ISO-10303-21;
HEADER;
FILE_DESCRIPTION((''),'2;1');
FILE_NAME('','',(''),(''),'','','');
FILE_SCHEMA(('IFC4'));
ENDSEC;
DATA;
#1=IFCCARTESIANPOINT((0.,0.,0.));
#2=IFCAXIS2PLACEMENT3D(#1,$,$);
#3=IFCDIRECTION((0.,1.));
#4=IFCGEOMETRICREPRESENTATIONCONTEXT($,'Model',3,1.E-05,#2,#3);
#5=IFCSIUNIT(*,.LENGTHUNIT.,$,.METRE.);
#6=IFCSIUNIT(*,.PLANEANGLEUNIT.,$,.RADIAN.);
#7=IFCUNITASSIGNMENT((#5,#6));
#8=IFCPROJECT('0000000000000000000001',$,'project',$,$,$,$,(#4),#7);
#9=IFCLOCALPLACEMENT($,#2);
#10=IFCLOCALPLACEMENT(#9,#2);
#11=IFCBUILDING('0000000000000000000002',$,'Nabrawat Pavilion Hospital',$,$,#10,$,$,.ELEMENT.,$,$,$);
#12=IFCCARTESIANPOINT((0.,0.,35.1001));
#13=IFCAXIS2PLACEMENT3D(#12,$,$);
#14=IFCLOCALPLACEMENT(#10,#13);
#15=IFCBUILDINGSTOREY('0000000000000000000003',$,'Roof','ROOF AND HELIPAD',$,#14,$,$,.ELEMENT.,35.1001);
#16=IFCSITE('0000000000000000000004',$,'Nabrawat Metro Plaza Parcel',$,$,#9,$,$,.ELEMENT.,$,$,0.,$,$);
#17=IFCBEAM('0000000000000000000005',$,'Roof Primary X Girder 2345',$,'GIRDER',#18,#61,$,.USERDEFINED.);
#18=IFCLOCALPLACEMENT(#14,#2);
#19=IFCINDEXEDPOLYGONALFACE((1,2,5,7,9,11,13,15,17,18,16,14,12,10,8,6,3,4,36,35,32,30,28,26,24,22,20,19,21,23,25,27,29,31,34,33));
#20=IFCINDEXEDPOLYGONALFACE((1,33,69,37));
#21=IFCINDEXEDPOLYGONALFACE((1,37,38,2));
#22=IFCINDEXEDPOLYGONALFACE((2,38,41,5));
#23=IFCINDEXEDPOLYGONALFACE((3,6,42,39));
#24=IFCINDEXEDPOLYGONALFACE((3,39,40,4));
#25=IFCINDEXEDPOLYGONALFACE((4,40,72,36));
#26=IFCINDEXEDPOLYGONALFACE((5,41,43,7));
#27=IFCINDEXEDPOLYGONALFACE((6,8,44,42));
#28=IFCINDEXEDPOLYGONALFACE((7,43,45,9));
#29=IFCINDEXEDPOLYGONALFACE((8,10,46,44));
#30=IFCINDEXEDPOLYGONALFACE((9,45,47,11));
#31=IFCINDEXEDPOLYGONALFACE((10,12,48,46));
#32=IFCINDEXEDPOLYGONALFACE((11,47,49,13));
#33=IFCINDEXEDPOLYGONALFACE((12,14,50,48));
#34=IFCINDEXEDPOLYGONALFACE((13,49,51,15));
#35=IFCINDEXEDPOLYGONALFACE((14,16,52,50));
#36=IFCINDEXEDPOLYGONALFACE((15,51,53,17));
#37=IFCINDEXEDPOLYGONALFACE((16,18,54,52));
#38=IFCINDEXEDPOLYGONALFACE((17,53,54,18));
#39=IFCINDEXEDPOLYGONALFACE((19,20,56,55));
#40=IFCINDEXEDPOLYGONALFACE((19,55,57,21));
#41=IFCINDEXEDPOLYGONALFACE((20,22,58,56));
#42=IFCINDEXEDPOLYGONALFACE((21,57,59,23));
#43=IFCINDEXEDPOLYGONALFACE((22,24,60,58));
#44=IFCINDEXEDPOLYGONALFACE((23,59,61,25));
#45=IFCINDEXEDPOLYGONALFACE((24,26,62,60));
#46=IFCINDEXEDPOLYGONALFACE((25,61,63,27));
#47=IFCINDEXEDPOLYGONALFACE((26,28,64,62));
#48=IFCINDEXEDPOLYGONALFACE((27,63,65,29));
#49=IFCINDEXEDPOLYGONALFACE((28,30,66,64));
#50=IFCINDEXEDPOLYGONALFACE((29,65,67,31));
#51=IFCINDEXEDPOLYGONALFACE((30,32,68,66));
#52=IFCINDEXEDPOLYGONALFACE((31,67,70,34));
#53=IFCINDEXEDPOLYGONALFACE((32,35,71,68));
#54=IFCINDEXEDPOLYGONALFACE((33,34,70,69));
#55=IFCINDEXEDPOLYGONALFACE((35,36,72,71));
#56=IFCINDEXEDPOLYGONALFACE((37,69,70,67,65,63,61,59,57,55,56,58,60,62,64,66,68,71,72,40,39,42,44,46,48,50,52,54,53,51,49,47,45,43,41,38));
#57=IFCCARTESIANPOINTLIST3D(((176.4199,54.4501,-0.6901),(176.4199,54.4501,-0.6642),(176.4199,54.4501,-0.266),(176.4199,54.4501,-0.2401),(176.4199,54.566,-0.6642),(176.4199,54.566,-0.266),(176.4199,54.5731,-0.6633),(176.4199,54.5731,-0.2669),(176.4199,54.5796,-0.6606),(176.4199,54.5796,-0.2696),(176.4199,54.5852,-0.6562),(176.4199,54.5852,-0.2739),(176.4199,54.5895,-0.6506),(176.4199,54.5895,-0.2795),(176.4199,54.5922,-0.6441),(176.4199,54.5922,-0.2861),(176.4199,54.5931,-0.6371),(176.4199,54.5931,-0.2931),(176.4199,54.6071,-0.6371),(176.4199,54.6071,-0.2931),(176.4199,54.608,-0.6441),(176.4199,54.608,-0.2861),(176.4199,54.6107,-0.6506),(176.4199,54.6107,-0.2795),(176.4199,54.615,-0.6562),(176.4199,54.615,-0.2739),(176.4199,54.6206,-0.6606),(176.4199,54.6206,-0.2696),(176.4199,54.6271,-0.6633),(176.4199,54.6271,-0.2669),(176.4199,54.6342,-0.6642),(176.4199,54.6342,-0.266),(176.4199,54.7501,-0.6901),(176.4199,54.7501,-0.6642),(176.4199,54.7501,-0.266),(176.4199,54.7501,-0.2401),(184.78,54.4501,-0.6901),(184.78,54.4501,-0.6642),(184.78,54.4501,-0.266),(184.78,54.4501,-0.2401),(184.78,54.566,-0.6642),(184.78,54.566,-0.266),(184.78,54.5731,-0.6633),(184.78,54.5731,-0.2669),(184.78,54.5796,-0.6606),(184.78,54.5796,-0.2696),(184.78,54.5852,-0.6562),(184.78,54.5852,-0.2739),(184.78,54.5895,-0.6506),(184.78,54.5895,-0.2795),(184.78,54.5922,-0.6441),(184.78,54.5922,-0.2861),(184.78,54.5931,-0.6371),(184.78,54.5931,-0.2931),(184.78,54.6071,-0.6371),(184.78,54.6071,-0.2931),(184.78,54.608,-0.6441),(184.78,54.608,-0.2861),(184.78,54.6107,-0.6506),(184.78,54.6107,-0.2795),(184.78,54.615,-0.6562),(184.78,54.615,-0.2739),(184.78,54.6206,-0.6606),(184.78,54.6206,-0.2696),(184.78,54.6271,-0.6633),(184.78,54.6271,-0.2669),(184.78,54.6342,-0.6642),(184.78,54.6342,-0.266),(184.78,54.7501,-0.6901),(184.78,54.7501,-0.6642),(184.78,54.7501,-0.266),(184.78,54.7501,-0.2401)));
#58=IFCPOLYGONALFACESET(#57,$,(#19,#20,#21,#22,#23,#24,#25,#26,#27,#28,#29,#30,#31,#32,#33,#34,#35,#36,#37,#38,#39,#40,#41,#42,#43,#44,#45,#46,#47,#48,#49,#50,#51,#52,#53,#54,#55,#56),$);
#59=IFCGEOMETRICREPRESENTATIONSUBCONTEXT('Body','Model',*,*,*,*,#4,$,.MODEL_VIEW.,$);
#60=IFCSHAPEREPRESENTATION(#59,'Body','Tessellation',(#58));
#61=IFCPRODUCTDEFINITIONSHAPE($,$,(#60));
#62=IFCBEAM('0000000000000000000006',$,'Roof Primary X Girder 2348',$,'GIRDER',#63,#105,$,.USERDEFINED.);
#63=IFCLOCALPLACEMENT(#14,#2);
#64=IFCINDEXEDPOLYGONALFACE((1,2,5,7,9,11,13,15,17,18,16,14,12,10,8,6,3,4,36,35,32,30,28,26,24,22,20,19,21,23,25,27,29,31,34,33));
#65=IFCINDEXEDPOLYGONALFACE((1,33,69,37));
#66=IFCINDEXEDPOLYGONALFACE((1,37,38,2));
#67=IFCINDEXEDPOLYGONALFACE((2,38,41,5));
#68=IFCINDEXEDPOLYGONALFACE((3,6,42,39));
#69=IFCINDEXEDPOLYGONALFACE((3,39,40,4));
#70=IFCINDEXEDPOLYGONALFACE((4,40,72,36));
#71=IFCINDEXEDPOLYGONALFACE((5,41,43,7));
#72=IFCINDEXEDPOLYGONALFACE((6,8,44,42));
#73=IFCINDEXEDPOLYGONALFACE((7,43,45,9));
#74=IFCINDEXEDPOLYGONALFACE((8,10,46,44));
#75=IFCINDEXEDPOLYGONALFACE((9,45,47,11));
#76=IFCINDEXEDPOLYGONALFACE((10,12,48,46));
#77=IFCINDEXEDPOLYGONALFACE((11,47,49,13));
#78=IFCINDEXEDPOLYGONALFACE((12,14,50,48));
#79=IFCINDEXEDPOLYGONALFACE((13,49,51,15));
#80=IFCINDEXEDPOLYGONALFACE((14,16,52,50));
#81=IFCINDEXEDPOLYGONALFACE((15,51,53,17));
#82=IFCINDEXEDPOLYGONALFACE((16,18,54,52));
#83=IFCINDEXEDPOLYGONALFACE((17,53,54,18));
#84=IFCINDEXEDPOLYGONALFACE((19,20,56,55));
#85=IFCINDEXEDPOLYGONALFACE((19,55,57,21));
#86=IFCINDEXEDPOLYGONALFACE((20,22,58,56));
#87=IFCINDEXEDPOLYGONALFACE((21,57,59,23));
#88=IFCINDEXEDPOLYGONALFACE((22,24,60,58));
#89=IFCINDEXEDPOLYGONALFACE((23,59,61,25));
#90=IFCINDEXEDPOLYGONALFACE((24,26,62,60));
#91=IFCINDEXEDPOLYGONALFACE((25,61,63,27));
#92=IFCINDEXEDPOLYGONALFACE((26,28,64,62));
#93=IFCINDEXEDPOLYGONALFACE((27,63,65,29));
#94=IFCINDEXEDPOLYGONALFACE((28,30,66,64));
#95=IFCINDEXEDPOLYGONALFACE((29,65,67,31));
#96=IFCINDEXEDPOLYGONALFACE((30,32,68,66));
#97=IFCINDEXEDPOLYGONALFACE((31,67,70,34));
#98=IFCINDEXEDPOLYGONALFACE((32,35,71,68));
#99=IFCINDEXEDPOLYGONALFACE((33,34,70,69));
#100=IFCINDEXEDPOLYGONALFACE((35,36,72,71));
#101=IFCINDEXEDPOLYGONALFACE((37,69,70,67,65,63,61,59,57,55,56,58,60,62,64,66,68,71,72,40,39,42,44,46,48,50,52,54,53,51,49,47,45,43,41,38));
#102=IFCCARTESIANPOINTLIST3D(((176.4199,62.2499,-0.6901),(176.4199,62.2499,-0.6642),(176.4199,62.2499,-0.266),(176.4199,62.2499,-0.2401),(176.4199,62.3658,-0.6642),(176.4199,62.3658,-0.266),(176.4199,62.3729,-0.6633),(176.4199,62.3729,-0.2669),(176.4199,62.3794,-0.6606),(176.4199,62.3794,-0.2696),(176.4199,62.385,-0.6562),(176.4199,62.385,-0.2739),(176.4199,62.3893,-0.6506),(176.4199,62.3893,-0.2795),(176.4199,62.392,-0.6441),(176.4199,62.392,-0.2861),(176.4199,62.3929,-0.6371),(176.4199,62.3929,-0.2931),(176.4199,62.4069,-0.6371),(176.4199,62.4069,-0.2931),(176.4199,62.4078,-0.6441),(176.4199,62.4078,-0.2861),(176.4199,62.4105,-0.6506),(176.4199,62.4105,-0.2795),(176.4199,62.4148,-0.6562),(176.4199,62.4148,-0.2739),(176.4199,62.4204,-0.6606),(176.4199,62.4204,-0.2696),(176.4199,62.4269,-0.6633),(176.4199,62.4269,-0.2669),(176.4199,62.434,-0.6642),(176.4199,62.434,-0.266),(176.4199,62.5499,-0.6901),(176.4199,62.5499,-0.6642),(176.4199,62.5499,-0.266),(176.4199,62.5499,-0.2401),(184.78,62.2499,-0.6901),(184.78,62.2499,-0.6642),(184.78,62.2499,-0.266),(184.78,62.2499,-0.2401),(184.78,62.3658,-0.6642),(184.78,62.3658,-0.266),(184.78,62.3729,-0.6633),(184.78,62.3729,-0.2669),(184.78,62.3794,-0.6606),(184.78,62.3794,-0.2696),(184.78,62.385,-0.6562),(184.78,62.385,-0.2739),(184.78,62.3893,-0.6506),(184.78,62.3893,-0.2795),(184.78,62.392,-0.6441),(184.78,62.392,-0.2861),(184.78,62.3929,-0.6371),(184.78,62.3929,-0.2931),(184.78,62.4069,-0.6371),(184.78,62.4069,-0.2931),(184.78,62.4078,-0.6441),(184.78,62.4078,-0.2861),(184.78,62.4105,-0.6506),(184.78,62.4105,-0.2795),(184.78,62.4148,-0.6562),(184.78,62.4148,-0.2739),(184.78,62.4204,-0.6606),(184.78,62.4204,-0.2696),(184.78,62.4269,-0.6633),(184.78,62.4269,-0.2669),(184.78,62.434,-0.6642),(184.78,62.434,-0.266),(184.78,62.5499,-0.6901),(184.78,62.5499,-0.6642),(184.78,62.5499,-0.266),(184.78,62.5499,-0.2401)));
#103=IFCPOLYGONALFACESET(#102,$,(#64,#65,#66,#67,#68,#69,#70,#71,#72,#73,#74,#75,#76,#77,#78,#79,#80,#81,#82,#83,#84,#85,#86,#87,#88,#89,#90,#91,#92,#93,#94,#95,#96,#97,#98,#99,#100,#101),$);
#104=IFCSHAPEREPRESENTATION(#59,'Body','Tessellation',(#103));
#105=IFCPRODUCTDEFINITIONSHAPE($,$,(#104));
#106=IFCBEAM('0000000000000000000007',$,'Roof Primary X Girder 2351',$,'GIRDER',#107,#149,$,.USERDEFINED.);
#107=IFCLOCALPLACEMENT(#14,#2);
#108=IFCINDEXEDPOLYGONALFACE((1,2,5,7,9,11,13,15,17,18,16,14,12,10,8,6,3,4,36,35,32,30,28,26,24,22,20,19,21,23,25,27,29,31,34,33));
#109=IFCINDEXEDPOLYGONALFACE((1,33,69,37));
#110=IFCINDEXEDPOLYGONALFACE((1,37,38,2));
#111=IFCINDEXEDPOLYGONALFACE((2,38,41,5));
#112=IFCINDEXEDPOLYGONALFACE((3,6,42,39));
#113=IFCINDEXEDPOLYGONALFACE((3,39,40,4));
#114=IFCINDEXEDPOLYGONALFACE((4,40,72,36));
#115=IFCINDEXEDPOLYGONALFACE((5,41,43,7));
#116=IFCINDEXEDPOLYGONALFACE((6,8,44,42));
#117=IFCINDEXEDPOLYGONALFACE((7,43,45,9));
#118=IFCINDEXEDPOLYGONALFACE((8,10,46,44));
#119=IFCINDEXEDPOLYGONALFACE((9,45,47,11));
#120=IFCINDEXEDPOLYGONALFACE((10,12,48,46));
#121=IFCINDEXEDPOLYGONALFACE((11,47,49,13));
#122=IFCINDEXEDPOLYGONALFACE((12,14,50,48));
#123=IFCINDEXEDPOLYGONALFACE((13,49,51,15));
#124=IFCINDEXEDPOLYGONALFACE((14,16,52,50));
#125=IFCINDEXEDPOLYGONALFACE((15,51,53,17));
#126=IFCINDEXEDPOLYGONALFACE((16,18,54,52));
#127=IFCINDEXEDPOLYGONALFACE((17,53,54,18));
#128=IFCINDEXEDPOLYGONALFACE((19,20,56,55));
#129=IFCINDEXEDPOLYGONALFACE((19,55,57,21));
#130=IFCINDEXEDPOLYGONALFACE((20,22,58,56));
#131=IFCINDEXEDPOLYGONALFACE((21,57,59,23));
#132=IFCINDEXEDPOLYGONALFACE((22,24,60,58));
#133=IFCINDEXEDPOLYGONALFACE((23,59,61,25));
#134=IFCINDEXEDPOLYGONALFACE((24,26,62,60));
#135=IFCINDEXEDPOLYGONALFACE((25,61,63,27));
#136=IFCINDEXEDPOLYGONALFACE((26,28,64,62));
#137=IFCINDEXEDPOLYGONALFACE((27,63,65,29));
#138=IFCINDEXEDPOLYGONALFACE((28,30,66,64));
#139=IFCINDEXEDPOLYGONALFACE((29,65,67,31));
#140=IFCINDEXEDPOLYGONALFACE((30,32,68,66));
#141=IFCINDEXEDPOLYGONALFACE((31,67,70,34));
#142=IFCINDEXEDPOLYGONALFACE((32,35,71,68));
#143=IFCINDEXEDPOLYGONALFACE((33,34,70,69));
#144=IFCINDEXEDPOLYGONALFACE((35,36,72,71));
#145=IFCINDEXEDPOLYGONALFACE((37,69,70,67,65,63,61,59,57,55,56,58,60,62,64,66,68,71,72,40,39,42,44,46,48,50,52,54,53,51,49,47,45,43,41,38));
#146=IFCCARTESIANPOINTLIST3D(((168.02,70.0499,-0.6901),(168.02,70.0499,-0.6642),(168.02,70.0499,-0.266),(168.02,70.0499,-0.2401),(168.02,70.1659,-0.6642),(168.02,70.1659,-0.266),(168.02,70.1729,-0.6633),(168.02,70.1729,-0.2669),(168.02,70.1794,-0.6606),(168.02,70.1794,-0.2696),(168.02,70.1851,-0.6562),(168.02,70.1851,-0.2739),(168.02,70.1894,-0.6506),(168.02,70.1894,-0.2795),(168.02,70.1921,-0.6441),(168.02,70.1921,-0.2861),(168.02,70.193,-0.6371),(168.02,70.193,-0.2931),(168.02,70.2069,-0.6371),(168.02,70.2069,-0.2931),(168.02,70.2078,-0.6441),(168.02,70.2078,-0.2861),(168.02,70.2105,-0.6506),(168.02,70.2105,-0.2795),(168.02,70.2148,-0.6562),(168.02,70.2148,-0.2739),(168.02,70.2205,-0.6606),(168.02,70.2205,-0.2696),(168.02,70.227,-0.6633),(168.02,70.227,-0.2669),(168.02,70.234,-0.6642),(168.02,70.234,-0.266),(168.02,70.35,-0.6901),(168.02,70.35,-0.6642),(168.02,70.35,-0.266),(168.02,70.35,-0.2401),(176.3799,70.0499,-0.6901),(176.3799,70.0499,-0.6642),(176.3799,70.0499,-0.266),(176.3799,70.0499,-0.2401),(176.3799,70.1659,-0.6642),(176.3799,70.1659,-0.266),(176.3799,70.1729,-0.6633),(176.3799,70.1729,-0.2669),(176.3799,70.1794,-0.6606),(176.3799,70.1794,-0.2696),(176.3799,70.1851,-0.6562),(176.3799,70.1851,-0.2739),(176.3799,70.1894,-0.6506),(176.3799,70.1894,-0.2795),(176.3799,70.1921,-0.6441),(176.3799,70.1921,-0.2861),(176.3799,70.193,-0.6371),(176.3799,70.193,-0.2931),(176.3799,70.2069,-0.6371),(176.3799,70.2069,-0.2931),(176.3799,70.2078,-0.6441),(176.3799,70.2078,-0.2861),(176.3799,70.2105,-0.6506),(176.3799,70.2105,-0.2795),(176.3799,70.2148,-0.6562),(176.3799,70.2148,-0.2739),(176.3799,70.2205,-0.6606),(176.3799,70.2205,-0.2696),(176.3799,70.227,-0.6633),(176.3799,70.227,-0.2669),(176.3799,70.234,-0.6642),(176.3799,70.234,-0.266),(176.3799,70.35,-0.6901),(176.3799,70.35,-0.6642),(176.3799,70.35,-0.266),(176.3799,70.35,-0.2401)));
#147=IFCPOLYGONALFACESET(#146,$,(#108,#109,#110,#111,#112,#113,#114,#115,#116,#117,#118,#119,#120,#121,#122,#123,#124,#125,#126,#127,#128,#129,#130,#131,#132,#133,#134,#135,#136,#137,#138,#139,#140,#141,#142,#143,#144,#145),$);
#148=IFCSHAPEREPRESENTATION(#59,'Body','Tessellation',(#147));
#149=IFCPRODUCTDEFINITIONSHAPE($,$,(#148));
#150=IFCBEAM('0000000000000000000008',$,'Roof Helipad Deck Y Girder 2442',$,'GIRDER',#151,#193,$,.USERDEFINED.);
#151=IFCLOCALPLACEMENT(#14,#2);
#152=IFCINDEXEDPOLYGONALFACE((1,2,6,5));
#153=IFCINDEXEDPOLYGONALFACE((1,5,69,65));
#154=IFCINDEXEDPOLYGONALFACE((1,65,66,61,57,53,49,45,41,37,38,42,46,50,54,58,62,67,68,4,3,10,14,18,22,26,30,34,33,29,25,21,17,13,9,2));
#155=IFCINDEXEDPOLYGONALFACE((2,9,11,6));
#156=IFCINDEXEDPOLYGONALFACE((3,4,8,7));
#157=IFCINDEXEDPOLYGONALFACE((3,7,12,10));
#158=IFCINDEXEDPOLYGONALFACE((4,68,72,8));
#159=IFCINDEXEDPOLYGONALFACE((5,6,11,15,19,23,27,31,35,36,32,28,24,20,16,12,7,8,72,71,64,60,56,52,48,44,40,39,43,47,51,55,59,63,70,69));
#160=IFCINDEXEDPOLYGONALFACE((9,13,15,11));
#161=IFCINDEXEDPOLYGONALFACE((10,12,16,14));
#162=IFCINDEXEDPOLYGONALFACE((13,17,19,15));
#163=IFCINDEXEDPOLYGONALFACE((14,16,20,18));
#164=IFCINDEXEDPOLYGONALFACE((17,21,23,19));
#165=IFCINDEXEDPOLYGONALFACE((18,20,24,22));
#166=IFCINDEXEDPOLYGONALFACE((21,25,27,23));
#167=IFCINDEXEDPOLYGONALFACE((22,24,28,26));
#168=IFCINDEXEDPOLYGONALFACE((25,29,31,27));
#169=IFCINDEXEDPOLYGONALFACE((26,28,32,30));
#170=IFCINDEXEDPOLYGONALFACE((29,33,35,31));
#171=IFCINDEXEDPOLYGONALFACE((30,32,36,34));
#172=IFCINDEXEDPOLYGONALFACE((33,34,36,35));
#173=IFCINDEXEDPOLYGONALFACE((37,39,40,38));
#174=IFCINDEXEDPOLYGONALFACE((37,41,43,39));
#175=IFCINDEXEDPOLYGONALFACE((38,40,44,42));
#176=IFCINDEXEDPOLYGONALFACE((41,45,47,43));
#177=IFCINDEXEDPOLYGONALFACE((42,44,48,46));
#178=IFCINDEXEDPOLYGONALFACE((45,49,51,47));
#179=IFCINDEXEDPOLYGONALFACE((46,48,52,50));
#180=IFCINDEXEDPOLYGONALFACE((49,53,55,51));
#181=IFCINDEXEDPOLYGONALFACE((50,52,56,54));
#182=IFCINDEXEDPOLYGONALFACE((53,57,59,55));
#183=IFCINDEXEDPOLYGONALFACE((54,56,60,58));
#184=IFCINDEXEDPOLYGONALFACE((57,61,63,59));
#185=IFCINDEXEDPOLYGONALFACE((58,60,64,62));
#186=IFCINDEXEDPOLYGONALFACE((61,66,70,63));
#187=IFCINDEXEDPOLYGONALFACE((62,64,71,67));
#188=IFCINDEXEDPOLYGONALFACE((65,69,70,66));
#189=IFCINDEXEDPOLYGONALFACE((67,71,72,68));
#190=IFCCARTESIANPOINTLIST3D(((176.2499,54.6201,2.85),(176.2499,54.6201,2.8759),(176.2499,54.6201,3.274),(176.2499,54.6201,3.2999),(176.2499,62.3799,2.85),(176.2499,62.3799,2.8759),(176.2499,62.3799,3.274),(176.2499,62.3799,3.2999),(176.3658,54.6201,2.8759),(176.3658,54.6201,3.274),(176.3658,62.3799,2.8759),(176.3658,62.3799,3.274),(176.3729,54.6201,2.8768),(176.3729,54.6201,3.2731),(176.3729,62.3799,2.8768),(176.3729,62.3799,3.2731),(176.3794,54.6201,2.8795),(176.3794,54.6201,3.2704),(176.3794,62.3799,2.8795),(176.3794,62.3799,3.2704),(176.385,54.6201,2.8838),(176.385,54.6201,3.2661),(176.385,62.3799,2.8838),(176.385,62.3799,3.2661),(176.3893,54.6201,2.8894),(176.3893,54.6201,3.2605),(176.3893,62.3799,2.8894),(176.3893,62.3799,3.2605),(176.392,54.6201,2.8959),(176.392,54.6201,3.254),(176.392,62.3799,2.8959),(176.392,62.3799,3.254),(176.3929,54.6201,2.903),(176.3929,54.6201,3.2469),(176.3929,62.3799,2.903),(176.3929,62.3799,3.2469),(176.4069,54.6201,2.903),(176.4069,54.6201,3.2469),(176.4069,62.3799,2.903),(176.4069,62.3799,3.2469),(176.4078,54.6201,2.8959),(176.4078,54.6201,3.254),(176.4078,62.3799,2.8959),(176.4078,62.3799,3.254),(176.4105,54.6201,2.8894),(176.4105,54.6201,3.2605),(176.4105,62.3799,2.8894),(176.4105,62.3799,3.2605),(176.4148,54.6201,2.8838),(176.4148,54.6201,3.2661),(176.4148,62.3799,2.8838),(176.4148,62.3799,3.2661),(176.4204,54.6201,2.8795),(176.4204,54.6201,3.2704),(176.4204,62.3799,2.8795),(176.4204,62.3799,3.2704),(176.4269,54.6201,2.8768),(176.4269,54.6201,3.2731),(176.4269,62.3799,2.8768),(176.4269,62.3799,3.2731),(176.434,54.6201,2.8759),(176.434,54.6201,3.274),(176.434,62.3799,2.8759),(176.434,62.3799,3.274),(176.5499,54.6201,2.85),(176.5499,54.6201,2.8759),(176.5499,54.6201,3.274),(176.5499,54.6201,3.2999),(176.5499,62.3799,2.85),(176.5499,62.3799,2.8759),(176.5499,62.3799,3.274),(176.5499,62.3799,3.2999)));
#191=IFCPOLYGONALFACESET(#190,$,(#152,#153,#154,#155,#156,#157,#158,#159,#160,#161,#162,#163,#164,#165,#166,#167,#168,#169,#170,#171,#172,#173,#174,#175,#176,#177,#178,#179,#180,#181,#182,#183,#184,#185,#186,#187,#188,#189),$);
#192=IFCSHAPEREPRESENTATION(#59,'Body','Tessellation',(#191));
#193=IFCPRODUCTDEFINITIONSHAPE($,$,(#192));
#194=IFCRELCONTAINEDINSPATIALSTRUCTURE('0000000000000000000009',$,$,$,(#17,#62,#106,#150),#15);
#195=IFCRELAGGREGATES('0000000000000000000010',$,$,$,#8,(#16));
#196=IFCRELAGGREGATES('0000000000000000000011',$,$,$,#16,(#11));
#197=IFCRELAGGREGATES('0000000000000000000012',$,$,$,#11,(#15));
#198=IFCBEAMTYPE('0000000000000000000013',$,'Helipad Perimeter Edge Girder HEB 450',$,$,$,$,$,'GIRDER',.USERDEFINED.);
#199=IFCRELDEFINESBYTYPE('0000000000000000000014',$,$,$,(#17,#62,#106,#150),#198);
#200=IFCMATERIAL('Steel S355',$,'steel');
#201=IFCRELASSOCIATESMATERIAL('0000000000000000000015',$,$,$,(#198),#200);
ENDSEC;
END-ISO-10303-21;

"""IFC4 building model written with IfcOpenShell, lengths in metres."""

from ifc_helpers import new_model, si_unit, direction, frame, origin, origin_2d, place, context, subcontext, project, spatial, i_section, extrude, material, material_profile, profile_set, type_object, element, save


model = new_model("IFC4")

# Units and contexts
model_context = context("Model", 3, precision=1e-05, world=origin(), true_north=direction((0.0, 1.0)))
body_context = subcontext(model_context, "Body", "Model", "MODEL_VIEW")
ifc_project = project(units=[si_unit("LENGTHUNIT", "METRE"), si_unit("PLANEANGLEUNIT", "RADIAN")], contexts=[model_context])

# Site, building, storey
site_placement = place(None, origin())
site = spatial("IfcSite", under=ifc_project, at=site_placement, Name="Nabrawat Metro Plaza Parcel", CompositionType="ELEMENT", RefElevation=0.0)
building_placement = place(site_placement, origin())
building = spatial("IfcBuilding", under=site, at=building_placement, Name="Nabrawat Pavilion Hospital", CompositionType="ELEMENT")
storey_placement = place(building_placement, frame((0.0, 0.0, 35.1001)))
storey = spatial("IfcBuildingStorey", under=building, at=storey_placement, Name="Roof", Description="ROOF AND HELIPAD", CompositionType="ELEMENT", Elevation=35.1001)

# Shared definitions
ifc_material_1 = material(Name="Steel S355", Category="steel")

# Beams
ifc_material_profile_1 = material_profile(ifc_material_1, i_section(OverallWidth=0.3, OverallDepth=0.45, WebThickness=0.0139, FlangeThickness=0.0259, FilletRadius=0.0271, at=origin_2d()), Name="HEB 450")
ifc_profile_set_1 = profile_set([ifc_material_profile_1], Name="Steel S355")
beam_type_1 = type_object("IfcBeamType", Name="Helipad Perimeter Edge Girder HEB 450", ElementType="GIRDER", PredefinedType="USERDEFINED", material=ifc_profile_set_1)
for number, where, z_axis, x_axis, name in (
    (1, (176.4199, 54.6001, -0.4651), (1.0, 0.0, 0.0), (0.0, 1.0, 0.0), "Roof Primary X Girder 2345"),
    (2, (176.4199, 62.3999, -0.4651), (1.0, 0.0, 0.0), (0.0, 1.0, 0.0), "Roof Primary X Girder 2348"),
):
    element("IfcBeam", number, at=place(storey_placement, frame(where, z_axis=z_axis, x_axis=x_axis)), inside=storey, type_object=beam_type_1, Name=name, ObjectType="GIRDER", PredefinedType="USERDEFINED", context=body_context, shape_type="SweptSolid", body=[
        extrude(i_section(OverallWidth=0.3, OverallDepth=0.45, WebThickness=0.0139, FlangeThickness=0.0259, FilletRadius=0.0271, at=origin_2d()), origin(), (0.0, 0.0, 1.0), 8.3601),
    ])
beam_1_placement = place(storey_placement, frame((168.02, 70.2, -0.4651), z_axis=(1.0, 0.0, 0.0), x_axis=(0.0, 1.0, 0.0)))
element("IfcBeam", 3, at=beam_1_placement, inside=storey, type_object=beam_type_1, Name="Roof Primary X Girder 2351", ObjectType="GIRDER", PredefinedType="USERDEFINED", context=body_context, shape_type="SweptSolid", body=[
    extrude(i_section(OverallWidth=0.3, OverallDepth=0.45, WebThickness=0.0139, FlangeThickness=0.0259, FilletRadius=0.0271, at=origin_2d()), origin(), (0.0, 0.0, 1.0), 8.3599),
])
beam_2_placement = place(storey_placement, frame((176.3999, 54.6201, 3.075), z_axis=(0.0, 1.0, 0.0), x_axis=(-1.0, 0.0, 0.0)))
element("IfcBeam", 4, at=beam_2_placement, inside=storey, type_object=beam_type_1, Name="Roof Helipad Deck Y Girder 2442", ObjectType="GIRDER", PredefinedType="USERDEFINED", context=body_context, shape_type="SweptSolid", body=[
    extrude(i_section(OverallWidth=0.3, OverallDepth=0.45, WebThickness=0.0139, FlangeThickness=0.0259, FilletRadius=0.0271, at=origin_2d()), origin(), (0.0, 0.0, 1.0), 7.7598),
])

save(model, "model.ifc")
